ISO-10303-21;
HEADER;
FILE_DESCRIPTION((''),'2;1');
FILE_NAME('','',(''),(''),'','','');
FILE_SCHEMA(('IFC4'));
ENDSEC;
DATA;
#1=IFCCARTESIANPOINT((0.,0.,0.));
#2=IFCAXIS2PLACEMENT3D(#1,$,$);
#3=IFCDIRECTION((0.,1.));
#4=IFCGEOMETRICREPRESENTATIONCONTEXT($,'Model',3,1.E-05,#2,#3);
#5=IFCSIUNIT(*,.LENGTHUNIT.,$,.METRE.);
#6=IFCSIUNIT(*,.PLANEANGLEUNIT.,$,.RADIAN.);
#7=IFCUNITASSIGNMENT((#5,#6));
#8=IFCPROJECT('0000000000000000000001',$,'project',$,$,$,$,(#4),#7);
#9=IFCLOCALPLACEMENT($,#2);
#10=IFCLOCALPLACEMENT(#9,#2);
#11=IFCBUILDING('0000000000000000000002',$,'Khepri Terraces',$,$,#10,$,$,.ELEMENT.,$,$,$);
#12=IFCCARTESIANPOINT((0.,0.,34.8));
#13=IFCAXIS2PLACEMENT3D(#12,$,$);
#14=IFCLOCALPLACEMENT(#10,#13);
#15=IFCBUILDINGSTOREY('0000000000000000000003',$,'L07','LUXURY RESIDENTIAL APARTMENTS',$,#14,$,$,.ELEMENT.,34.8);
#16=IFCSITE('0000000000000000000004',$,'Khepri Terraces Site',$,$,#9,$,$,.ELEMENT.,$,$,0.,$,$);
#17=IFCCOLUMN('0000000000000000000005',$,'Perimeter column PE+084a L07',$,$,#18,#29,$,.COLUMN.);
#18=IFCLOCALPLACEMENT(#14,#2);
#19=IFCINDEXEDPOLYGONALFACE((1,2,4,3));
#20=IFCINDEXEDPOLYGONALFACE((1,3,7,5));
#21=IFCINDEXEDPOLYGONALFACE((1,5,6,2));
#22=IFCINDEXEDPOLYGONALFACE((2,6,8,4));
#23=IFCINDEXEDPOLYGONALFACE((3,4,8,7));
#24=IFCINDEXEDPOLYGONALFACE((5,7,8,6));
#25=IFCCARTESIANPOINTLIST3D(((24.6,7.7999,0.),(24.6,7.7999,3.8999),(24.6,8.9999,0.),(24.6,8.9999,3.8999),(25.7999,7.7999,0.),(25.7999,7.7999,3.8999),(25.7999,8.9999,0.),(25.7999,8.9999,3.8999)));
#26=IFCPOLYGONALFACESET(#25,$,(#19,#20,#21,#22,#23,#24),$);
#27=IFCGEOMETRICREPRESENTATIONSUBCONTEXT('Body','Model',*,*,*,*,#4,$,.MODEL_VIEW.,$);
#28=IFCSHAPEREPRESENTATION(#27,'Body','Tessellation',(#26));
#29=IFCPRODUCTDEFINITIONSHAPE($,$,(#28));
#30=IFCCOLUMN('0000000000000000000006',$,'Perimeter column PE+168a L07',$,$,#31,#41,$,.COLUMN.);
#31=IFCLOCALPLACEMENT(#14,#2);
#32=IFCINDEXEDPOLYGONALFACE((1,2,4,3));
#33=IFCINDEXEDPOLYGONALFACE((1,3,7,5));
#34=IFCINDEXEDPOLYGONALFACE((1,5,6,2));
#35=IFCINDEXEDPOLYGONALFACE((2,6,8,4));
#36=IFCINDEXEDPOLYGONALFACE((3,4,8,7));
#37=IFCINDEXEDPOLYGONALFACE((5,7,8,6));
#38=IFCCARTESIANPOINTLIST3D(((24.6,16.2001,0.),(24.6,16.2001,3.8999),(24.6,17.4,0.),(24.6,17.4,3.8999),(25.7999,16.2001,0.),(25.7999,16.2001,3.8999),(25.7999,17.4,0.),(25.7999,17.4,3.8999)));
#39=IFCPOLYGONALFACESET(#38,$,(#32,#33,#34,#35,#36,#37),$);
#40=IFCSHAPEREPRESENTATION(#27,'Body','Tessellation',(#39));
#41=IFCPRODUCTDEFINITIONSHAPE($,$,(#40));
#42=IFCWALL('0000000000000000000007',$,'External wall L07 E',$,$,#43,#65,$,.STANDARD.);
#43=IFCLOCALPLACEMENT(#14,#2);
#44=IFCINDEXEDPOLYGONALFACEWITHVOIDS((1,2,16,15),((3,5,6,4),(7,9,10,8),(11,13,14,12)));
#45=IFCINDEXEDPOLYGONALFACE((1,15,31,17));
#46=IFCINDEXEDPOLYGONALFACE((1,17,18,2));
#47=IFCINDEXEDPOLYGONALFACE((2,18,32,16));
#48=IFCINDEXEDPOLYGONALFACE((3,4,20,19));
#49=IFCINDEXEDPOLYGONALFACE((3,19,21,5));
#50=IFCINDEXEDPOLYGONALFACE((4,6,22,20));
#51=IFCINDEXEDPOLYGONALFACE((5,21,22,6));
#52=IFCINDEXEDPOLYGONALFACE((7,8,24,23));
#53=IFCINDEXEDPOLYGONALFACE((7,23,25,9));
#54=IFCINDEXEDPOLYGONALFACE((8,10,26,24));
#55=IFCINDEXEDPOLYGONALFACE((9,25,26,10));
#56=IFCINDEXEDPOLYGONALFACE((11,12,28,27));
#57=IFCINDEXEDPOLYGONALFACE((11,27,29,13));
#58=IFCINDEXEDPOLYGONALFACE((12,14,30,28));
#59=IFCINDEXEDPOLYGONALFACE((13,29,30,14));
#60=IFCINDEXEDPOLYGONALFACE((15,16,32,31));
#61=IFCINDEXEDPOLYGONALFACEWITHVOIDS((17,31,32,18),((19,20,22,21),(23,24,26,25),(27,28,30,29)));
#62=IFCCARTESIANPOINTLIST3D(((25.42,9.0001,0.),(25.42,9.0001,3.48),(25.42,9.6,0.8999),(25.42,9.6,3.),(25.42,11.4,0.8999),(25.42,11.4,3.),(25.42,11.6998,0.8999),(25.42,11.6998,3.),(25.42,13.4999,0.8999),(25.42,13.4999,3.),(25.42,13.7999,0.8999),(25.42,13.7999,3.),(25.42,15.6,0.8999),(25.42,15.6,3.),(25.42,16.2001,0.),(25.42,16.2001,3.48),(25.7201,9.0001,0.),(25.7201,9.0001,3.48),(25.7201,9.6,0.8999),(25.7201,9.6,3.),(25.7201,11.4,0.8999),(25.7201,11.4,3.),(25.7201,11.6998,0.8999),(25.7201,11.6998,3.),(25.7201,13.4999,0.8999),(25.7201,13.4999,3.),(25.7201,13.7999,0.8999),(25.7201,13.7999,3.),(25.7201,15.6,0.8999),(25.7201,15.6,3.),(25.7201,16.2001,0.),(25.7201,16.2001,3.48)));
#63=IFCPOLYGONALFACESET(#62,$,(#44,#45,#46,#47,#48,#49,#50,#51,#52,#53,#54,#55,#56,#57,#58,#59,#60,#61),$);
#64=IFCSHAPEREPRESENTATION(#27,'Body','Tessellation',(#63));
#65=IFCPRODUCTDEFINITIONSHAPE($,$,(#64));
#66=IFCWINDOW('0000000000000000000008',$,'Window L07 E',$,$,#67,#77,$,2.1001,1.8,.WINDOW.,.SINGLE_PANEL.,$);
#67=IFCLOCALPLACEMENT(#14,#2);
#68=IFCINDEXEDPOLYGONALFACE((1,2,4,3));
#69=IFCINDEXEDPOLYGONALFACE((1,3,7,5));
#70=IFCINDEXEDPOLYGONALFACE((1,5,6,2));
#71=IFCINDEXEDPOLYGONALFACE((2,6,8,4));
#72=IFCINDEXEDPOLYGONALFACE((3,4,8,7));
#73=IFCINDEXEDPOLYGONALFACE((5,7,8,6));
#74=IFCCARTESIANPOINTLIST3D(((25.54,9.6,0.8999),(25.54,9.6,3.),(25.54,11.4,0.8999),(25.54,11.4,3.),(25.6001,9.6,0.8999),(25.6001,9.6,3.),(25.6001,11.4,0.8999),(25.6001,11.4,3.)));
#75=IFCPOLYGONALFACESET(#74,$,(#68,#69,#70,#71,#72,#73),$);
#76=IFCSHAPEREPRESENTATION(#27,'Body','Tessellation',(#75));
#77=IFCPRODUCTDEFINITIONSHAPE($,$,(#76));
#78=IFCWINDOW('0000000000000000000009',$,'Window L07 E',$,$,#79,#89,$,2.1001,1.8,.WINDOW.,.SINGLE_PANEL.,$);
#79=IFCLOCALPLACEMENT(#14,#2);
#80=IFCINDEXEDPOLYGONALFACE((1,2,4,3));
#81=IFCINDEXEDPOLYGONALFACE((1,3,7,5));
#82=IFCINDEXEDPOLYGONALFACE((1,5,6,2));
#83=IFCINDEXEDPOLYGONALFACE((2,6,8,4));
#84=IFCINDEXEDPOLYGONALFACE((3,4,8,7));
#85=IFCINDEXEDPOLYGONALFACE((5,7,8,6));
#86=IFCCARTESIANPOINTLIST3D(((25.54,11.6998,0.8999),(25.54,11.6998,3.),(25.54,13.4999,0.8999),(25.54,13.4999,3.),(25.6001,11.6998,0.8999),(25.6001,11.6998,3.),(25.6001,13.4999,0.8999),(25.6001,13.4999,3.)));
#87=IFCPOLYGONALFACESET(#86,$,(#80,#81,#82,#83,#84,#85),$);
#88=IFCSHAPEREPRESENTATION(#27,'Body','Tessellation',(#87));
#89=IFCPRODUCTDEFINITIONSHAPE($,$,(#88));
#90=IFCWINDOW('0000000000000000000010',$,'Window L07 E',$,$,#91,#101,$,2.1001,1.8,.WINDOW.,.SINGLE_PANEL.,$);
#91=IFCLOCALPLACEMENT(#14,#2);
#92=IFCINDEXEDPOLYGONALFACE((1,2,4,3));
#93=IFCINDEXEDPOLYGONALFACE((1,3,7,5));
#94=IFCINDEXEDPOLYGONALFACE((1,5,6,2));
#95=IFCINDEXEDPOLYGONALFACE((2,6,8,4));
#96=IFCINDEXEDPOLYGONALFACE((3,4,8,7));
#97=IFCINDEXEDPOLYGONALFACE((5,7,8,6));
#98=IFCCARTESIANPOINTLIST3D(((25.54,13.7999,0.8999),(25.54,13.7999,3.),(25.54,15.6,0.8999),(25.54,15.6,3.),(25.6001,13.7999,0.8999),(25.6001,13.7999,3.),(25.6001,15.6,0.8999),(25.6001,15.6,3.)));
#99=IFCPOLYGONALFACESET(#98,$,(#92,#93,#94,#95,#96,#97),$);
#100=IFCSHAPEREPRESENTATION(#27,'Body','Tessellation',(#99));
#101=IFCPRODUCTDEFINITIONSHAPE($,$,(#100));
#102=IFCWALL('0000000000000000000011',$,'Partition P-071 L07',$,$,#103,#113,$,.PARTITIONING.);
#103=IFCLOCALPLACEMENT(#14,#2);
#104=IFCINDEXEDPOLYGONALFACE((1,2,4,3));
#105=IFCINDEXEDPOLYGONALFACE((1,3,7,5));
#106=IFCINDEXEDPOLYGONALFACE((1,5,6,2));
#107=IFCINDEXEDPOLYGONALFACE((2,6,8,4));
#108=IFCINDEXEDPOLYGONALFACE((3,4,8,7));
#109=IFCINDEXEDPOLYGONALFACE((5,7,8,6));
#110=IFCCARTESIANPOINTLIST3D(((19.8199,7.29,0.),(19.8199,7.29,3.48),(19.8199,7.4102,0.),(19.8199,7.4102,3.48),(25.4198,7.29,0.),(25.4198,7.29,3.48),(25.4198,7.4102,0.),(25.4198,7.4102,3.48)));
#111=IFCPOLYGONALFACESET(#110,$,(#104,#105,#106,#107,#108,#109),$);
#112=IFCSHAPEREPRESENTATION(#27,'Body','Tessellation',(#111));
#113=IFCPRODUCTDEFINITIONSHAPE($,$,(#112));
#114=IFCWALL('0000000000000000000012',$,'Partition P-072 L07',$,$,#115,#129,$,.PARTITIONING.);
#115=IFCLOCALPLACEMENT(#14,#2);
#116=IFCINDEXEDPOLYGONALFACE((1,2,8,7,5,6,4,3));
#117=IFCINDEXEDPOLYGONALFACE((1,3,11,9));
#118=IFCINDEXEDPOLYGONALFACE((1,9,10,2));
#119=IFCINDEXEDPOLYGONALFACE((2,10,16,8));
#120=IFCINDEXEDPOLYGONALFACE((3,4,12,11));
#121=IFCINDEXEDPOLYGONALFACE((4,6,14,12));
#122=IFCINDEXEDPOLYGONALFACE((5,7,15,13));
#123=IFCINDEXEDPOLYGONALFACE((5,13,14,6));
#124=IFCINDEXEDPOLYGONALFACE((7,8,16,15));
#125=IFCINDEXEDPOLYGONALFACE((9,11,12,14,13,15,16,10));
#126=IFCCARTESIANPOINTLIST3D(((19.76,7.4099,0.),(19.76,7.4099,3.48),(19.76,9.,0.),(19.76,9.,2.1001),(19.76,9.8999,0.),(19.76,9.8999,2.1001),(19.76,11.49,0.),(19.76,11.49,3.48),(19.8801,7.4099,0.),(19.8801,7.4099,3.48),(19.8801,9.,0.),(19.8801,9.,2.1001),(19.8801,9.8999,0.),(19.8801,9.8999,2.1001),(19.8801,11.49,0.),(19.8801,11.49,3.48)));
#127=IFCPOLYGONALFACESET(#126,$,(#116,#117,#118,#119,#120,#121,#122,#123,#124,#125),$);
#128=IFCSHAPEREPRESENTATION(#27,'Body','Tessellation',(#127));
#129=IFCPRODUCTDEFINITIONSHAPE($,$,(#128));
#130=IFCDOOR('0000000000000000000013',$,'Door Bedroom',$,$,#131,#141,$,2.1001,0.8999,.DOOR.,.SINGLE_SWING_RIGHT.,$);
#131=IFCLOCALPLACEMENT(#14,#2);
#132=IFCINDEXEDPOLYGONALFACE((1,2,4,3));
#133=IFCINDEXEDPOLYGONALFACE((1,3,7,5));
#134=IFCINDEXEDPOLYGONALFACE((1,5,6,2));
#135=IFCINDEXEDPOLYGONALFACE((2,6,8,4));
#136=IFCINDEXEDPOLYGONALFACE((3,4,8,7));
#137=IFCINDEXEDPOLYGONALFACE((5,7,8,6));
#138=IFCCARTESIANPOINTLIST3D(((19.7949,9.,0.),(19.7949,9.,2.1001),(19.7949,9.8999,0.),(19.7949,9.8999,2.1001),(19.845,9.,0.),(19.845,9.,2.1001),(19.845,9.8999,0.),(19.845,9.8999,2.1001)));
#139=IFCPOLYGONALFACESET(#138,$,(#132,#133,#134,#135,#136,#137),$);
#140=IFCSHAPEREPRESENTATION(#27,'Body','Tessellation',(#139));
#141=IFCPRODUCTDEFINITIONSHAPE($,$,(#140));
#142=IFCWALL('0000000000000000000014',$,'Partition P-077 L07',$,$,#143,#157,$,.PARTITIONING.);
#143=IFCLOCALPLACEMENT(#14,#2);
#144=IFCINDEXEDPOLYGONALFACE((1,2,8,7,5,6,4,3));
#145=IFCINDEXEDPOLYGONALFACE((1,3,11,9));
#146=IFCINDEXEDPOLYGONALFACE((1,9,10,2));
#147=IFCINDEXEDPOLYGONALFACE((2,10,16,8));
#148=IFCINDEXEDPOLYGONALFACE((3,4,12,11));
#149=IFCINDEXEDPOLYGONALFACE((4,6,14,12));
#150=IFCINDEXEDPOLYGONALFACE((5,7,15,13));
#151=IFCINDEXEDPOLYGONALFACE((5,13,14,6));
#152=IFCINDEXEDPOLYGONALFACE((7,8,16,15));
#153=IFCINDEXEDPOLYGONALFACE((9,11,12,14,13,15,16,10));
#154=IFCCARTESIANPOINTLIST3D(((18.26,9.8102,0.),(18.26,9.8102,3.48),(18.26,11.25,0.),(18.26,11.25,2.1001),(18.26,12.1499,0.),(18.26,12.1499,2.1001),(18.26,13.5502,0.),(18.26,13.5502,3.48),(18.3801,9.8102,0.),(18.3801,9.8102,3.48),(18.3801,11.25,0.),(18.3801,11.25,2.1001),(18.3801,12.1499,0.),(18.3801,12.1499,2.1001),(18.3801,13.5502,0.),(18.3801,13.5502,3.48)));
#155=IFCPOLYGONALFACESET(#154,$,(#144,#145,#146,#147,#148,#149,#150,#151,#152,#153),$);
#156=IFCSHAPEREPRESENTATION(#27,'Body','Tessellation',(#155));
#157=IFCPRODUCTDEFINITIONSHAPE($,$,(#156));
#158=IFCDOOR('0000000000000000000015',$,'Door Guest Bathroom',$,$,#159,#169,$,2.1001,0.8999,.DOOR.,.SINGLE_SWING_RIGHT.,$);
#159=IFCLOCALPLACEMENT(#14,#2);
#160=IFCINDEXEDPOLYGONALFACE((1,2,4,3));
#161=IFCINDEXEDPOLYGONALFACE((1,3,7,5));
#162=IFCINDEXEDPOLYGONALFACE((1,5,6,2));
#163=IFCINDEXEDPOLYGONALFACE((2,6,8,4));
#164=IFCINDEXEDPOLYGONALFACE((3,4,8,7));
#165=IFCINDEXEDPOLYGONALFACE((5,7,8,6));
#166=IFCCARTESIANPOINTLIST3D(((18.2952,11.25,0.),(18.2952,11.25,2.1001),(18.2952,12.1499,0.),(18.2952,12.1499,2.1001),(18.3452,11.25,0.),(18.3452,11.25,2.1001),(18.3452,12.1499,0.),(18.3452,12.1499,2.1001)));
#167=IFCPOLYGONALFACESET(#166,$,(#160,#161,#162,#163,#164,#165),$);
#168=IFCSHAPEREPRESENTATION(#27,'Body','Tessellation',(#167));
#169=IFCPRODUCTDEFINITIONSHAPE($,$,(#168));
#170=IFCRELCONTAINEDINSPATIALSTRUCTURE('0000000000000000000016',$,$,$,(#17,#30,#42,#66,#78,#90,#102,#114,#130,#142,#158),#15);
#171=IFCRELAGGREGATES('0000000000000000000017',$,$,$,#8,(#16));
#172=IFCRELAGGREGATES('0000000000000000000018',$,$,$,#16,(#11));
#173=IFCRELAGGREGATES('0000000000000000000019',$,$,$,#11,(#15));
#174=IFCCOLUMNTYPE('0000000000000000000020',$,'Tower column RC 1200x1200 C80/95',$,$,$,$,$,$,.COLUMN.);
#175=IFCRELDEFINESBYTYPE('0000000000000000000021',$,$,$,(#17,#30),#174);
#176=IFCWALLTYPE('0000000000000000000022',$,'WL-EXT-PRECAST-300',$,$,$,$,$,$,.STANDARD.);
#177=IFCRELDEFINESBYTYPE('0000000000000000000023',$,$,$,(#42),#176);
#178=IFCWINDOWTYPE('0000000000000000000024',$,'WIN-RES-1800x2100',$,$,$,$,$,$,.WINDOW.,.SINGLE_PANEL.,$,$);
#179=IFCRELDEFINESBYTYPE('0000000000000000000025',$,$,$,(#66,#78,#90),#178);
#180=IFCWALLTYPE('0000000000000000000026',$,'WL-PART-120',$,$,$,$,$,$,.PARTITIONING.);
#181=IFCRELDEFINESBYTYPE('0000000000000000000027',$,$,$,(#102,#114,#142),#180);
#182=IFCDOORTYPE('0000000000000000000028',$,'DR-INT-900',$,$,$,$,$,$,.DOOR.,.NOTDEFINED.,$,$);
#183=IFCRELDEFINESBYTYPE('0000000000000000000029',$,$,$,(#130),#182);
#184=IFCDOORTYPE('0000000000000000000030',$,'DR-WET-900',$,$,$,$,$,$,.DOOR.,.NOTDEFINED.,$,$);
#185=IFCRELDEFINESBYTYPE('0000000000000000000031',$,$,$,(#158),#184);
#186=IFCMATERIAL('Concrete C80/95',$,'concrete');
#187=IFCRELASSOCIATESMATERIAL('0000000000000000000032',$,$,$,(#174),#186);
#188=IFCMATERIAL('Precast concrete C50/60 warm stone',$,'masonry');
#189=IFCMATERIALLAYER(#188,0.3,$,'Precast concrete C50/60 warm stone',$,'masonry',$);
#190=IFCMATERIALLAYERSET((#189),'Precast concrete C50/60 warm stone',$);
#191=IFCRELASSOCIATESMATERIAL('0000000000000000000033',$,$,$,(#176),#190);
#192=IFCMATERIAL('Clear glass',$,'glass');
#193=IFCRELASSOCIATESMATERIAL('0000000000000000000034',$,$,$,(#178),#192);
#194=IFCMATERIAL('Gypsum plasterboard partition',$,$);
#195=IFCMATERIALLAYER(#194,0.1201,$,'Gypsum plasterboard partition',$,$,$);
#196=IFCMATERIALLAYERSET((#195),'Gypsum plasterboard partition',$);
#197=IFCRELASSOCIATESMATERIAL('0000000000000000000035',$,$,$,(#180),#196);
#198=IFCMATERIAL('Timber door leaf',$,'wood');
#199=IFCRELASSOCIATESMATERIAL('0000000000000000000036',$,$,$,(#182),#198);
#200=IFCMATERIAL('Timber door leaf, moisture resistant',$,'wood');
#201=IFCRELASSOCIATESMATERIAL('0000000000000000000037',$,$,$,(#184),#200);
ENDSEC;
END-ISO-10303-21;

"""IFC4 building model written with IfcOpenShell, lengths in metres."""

from ifc_helpers import new_model, si_unit, direction, frame, frame_2d, origin, origin_2d, place, context, subcontext, project, spatial, rectangle, extrude, material, layer, layer_set, material_profile, profile_set, type_object, element, fill, save


model = new_model("IFC4")

# Units and contexts
model_context = context("Model", 3, precision=1e-05, world=origin(), true_north=direction((0.0, 1.0)))
body_context = subcontext(model_context, "Body", "Model", "MODEL_VIEW")
ifc_project = project(units=[si_unit("LENGTHUNIT", "METRE"), si_unit("PLANEANGLEUNIT", "RADIAN")], contexts=[model_context])

# Site, building, storey
site_placement = place(None, origin())
site = spatial("IfcSite", under=ifc_project, at=site_placement, Name="Khepri Terraces Site", CompositionType="ELEMENT", RefElevation=0.0)
building_placement = place(site_placement, origin())
building = spatial("IfcBuilding", under=site, at=building_placement, Name="Khepri Terraces", CompositionType="ELEMENT")
storey_placement = place(building_placement, frame((0.0, 0.0, 34.8)))
storey = spatial("IfcBuildingStorey", under=building, at=storey_placement, Name="L07", Description="LUXURY RESIDENTIAL APARTMENTS", CompositionType="ELEMENT", Elevation=34.8)

# Columns
ifc_material_1 = material(Name="Concrete C80/95", Category="concrete")
ifc_material_profile = material_profile(ifc_material_1, rectangle(XDim=1.2, YDim=1.2, at=origin_2d()), Name="Concrete C80/95", Category="concrete")
ifc_profile_set = profile_set([ifc_material_profile], Name="Concrete C80/95")
column_type = type_object("IfcColumnType", Name="Tower column RC 1200x1200 C80/95", PredefinedType="COLUMN", material=ifc_profile_set)
for number, where, z_axis, x_axis, name in (
    (1, (25.2, 8.3999, 0.0), (0.0, 0.0, 1.0), (1.0, 0.0, 0.0), "Perimeter column PE+084a L07"),
    (2, (25.2, 16.8, 0.0), (0.0, 0.0, 1.0), (1.0, 0.0, 0.0), "Perimeter column PE+168a L07"),
):
    element("IfcColumn", number, at=place(storey_placement, frame(where, z_axis=z_axis, x_axis=x_axis)), inside=storey, type_object=column_type, Name=name, PredefinedType="COLUMN", context=body_context, shape_type="SweptSolid", body=[
        extrude(rectangle(XDim=1.2, YDim=1.2, at=origin_2d()), origin(), (0.0, 0.0, 1.0), 3.8999),
    ])

# Wall, openings, windows
ifc_material_2 = material(Name="Precast concrete C50/60 warm stone", Category="masonry")
ifc_layer_1 = layer(ifc_material_2, 0.3, Name="Precast concrete C50/60 warm stone", Category="masonry")
ifc_layer_set_1 = layer_set([ifc_layer_1], Name="Precast concrete C50/60 warm stone")
wall_type_1 = type_object("IfcWallType", Name="WL-EXT-PRECAST-300", PredefinedType="STANDARD", material=ifc_layer_set_1)
wall_1_placement = place(storey_placement, frame((25.5701, 9.0, 0.0), z_axis=(0.0, 0.0, 1.0), x_axis=(0.0, 1.0, 0.0)))
wall_1 = element("IfcWall", 3, at=wall_1_placement, inside=storey, type_object=wall_type_1, Name="External wall L07 E", PredefinedType="STANDARD", context=body_context, shape_type="SweptSolid", body=[
    extrude(rectangle(XDim=7.2, YDim=0.3, at=frame_2d((3.6001, 0.0))), origin(), (0.0, 0.0, 1.0), 3.48),
])
opening_1_placement = place(wall_1_placement, frame((0.6001, 0.0, 0.8999)))
opening_1 = element("IfcOpeningElement", 4, at=opening_1_placement, cuts=wall_1, PredefinedType="OPENING", context=body_context, shape_type="SweptSolid", body=[
    extrude(rectangle(XDim=1.8, YDim=2.1001, at=frame_2d((0.8999, 1.05))), frame((0.0, 0.1602, 0.0), z_axis=(0.0, -1.0, 0.0), x_axis=(1.0, 0.0, 0.0)), (0.0, 0.0, 1.0), 0.3201),
])
opening_2_placement = place(wall_1_placement, frame((2.7, 0.0, 0.8999)))
opening_2 = element("IfcOpeningElement", 5, at=opening_2_placement, cuts=wall_1, PredefinedType="OPENING", context=body_context, shape_type="SweptSolid", body=[
    extrude(rectangle(XDim=1.8, YDim=2.1001, at=frame_2d((0.8999, 1.05))), frame((0.0, 0.1602, 0.0), z_axis=(0.0, -1.0, 0.0), x_axis=(1.0, 0.0, 0.0)), (0.0, 0.0, 1.0), 0.3201),
])
opening_3_placement = place(wall_1_placement, frame((4.8, 0.0, 0.8999)))
opening_3 = element("IfcOpeningElement", 6, at=opening_3_placement, cuts=wall_1, PredefinedType="OPENING", context=body_context, shape_type="SweptSolid", body=[
    extrude(rectangle(XDim=1.8, YDim=2.1001, at=frame_2d((0.8999, 1.05))), frame((0.0, 0.1602, 0.0), z_axis=(0.0, -1.0, 0.0), x_axis=(1.0, 0.0, 0.0)), (0.0, 0.0, 1.0), 0.3201),
])
ifc_material_3 = material(Name="Clear glass", Category="glass")
window_type = type_object("IfcWindowType", Name="WIN-RES-1800x2100", PartitioningType="SINGLE_PANEL", PredefinedType="WINDOW", material=ifc_material_3)
window_1_placement = place(opening_1_placement, origin())
window_1 = element("IfcWindow", 7, at=window_1_placement, inside=storey, type_object=window_type, Name="Window L07 E", OverallHeight=2.1001, OverallWidth=1.8, PartitioningType="SINGLE_PANEL", PredefinedType="WINDOW", context=body_context, shape_type="SweptSolid", body=[
    extrude(rectangle(XDim=1.8, YDim=2.1001, at=frame_2d((0.8999, 1.05))), frame((0.0, 0.03, 0.0), z_axis=(0.0, -1.0, 0.0), x_axis=(1.0, 0.0, 0.0)), (0.0, 0.0, 1.0), 0.0601),
])
fill(opening_1, window_1)
window_2_placement = place(opening_2_placement, origin())
window_2 = element("IfcWindow", 8, at=window_2_placement, inside=storey, type_object=window_type, Name="Window L07 E", OverallHeight=2.1001, OverallWidth=1.8, PartitioningType="SINGLE_PANEL", PredefinedType="WINDOW", context=body_context, shape_type="SweptSolid", body=[
    extrude(rectangle(XDim=1.8, YDim=2.1001, at=frame_2d((0.8999, 1.05))), frame((0.0, 0.03, 0.0), z_axis=(0.0, -1.0, 0.0), x_axis=(1.0, 0.0, 0.0)), (0.0, 0.0, 1.0), 0.0601),
])
fill(opening_2, window_2)
window_3_placement = place(opening_3_placement, origin())
window_3 = element("IfcWindow", 9, at=window_3_placement, inside=storey, type_object=window_type, Name="Window L07 E", OverallHeight=2.1001, OverallWidth=1.8, PartitioningType="SINGLE_PANEL", PredefinedType="WINDOW", context=body_context, shape_type="SweptSolid", body=[
    extrude(rectangle(XDim=1.8, YDim=2.1001, at=frame_2d((0.8999, 1.05))), frame((0.0, 0.03, 0.0), z_axis=(0.0, -1.0, 0.0), x_axis=(1.0, 0.0, 0.0)), (0.0, 0.0, 1.0), 0.0601),
])
fill(opening_3, window_3)

# Wall
ifc_material_4 = material(Name="Gypsum plasterboard partition")
ifc_layer_2 = layer(ifc_material_4, 0.1201, Name="Gypsum plasterboard partition")
ifc_layer_set_2 = layer_set([ifc_layer_2], Name="Gypsum plasterboard partition")
wall_type_2 = type_object("IfcWallType", Name="WL-PART-120", PredefinedType="PARTITIONING", material=ifc_layer_set_2)
wall_2_placement = place(storey_placement, frame((19.8201, 7.3501, 0.0), z_axis=(0.0, 0.0, 1.0), x_axis=(1.0, 0.0, 0.0)))
element("IfcWall", 10, at=wall_2_placement, inside=storey, type_object=wall_type_2, Name="Partition P-071 L07", PredefinedType="PARTITIONING", context=body_context, shape_type="SweptSolid", body=[
    extrude(rectangle(XDim=5.5999, YDim=0.1201, at=frame_2d((2.7998, 0.0))), origin(), (0.0, 0.0, 1.0), 3.48),
])

# Walls, openings, doors
wall_3_placement = place(storey_placement, frame((19.8201, 7.4099, 0.0), z_axis=(0.0, 0.0, 1.0), x_axis=(0.0, 1.0, 0.0)))
wall_3 = element("IfcWall", 11, at=wall_3_placement, inside=storey, type_object=wall_type_2, Name="Partition P-072 L07", PredefinedType="PARTITIONING", context=body_context, shape_type="SweptSolid", body=[
    extrude(rectangle(XDim=4.0801, YDim=0.1201, at=frame_2d((2.04, 0.0))), origin(), (0.0, 0.0, 1.0), 3.48),
])
opening_4_placement = place(wall_3_placement, frame((1.5901, 0.0, 0.0)))
opening_4 = element("IfcOpeningElement", 12, at=opening_4_placement, cuts=wall_3, PredefinedType="OPENING", context=body_context, shape_type="SweptSolid", body=[
    extrude(rectangle(XDim=0.8999, YDim=2.1001, at=frame_2d((0.45, 1.05))), frame((0.0, 0.0701, 0.0), z_axis=(0.0, -1.0, 0.0), x_axis=(1.0, 0.0, 0.0)), (0.0, 0.0, 1.0), 0.1401),
])
ifc_material_5 = material(Name="Timber door leaf", Category="wood")
door_type_1 = type_object("IfcDoorType", Name="DR-INT-900", OperationType="NOTDEFINED", PredefinedType="DOOR", material=ifc_material_5)
door_1_placement = place(opening_4_placement, frame((0.8999, 0.0, 0.0), z_axis=(0.0, 0.0, 1.0), x_axis=(-1.0, 0.0, 0.0)))
door_1 = element("IfcDoor", 13, at=door_1_placement, inside=storey, type_object=door_type_1, Name="Door Bedroom", OperationType="SINGLE_SWING_RIGHT", OverallHeight=2.1001, OverallWidth=0.8999, PredefinedType="DOOR", context=body_context, shape_type="SweptSolid", body=[
    extrude(rectangle(XDim=0.8999, YDim=2.1001, at=frame_2d((0.45, 1.05))), frame((0.0, 0.0249, 0.0), z_axis=(0.0, -1.0, 0.0), x_axis=(1.0, 0.0, 0.0)), (0.0, 0.0, 1.0), 0.05),
])
fill(opening_4, door_1)
wall_4_placement = place(storey_placement, frame((18.3201, 9.8101, 0.0), z_axis=(0.0, 0.0, 1.0), x_axis=(0.0, 1.0, 0.0)))
wall_4 = element("IfcWall", 14, at=wall_4_placement, inside=storey, type_object=wall_type_2, Name="Partition P-077 L07", PredefinedType="PARTITIONING", context=body_context, shape_type="SweptSolid", body=[
    extrude(rectangle(XDim=3.74, YDim=0.1201, at=frame_2d((1.8701, 0.0))), origin(), (0.0, 0.0, 1.0), 3.48),
])
opening_5_placement = place(wall_4_placement, frame((1.4399, 0.0, 0.0)))
opening_5 = element("IfcOpeningElement", 15, at=opening_5_placement, cuts=wall_4, PredefinedType="OPENING", context=body_context, shape_type="SweptSolid", body=[
    extrude(rectangle(XDim=0.8999, YDim=2.1001, at=frame_2d((0.45, 1.05))), frame((0.0, 0.0701, 0.0), z_axis=(0.0, -1.0, 0.0), x_axis=(1.0, 0.0, 0.0)), (0.0, 0.0, 1.0), 0.1401),
])
ifc_material_6 = material(Name="Timber door leaf, moisture resistant", Category="wood")
door_type_2 = type_object("IfcDoorType", Name="DR-WET-900", OperationType="NOTDEFINED", PredefinedType="DOOR", material=ifc_material_6)
door_2_placement = place(opening_5_placement, origin())
door_2 = element("IfcDoor", 16, at=door_2_placement, inside=storey, type_object=door_type_2, Name="Door Guest Bathroom", OperationType="SINGLE_SWING_RIGHT", OverallHeight=2.1001, OverallWidth=0.8999, PredefinedType="DOOR", context=body_context, shape_type="SweptSolid", body=[
    extrude(rectangle(XDim=0.8999, YDim=2.1001, at=frame_2d((0.45, 1.05))), frame((0.0, 0.0249, 0.0), z_axis=(0.0, -1.0, 0.0), x_axis=(1.0, 0.0, 0.0)), (0.0, 0.0, 1.0), 0.05),
])
fill(opening_5, door_2)

save(model, "model.ifc")
